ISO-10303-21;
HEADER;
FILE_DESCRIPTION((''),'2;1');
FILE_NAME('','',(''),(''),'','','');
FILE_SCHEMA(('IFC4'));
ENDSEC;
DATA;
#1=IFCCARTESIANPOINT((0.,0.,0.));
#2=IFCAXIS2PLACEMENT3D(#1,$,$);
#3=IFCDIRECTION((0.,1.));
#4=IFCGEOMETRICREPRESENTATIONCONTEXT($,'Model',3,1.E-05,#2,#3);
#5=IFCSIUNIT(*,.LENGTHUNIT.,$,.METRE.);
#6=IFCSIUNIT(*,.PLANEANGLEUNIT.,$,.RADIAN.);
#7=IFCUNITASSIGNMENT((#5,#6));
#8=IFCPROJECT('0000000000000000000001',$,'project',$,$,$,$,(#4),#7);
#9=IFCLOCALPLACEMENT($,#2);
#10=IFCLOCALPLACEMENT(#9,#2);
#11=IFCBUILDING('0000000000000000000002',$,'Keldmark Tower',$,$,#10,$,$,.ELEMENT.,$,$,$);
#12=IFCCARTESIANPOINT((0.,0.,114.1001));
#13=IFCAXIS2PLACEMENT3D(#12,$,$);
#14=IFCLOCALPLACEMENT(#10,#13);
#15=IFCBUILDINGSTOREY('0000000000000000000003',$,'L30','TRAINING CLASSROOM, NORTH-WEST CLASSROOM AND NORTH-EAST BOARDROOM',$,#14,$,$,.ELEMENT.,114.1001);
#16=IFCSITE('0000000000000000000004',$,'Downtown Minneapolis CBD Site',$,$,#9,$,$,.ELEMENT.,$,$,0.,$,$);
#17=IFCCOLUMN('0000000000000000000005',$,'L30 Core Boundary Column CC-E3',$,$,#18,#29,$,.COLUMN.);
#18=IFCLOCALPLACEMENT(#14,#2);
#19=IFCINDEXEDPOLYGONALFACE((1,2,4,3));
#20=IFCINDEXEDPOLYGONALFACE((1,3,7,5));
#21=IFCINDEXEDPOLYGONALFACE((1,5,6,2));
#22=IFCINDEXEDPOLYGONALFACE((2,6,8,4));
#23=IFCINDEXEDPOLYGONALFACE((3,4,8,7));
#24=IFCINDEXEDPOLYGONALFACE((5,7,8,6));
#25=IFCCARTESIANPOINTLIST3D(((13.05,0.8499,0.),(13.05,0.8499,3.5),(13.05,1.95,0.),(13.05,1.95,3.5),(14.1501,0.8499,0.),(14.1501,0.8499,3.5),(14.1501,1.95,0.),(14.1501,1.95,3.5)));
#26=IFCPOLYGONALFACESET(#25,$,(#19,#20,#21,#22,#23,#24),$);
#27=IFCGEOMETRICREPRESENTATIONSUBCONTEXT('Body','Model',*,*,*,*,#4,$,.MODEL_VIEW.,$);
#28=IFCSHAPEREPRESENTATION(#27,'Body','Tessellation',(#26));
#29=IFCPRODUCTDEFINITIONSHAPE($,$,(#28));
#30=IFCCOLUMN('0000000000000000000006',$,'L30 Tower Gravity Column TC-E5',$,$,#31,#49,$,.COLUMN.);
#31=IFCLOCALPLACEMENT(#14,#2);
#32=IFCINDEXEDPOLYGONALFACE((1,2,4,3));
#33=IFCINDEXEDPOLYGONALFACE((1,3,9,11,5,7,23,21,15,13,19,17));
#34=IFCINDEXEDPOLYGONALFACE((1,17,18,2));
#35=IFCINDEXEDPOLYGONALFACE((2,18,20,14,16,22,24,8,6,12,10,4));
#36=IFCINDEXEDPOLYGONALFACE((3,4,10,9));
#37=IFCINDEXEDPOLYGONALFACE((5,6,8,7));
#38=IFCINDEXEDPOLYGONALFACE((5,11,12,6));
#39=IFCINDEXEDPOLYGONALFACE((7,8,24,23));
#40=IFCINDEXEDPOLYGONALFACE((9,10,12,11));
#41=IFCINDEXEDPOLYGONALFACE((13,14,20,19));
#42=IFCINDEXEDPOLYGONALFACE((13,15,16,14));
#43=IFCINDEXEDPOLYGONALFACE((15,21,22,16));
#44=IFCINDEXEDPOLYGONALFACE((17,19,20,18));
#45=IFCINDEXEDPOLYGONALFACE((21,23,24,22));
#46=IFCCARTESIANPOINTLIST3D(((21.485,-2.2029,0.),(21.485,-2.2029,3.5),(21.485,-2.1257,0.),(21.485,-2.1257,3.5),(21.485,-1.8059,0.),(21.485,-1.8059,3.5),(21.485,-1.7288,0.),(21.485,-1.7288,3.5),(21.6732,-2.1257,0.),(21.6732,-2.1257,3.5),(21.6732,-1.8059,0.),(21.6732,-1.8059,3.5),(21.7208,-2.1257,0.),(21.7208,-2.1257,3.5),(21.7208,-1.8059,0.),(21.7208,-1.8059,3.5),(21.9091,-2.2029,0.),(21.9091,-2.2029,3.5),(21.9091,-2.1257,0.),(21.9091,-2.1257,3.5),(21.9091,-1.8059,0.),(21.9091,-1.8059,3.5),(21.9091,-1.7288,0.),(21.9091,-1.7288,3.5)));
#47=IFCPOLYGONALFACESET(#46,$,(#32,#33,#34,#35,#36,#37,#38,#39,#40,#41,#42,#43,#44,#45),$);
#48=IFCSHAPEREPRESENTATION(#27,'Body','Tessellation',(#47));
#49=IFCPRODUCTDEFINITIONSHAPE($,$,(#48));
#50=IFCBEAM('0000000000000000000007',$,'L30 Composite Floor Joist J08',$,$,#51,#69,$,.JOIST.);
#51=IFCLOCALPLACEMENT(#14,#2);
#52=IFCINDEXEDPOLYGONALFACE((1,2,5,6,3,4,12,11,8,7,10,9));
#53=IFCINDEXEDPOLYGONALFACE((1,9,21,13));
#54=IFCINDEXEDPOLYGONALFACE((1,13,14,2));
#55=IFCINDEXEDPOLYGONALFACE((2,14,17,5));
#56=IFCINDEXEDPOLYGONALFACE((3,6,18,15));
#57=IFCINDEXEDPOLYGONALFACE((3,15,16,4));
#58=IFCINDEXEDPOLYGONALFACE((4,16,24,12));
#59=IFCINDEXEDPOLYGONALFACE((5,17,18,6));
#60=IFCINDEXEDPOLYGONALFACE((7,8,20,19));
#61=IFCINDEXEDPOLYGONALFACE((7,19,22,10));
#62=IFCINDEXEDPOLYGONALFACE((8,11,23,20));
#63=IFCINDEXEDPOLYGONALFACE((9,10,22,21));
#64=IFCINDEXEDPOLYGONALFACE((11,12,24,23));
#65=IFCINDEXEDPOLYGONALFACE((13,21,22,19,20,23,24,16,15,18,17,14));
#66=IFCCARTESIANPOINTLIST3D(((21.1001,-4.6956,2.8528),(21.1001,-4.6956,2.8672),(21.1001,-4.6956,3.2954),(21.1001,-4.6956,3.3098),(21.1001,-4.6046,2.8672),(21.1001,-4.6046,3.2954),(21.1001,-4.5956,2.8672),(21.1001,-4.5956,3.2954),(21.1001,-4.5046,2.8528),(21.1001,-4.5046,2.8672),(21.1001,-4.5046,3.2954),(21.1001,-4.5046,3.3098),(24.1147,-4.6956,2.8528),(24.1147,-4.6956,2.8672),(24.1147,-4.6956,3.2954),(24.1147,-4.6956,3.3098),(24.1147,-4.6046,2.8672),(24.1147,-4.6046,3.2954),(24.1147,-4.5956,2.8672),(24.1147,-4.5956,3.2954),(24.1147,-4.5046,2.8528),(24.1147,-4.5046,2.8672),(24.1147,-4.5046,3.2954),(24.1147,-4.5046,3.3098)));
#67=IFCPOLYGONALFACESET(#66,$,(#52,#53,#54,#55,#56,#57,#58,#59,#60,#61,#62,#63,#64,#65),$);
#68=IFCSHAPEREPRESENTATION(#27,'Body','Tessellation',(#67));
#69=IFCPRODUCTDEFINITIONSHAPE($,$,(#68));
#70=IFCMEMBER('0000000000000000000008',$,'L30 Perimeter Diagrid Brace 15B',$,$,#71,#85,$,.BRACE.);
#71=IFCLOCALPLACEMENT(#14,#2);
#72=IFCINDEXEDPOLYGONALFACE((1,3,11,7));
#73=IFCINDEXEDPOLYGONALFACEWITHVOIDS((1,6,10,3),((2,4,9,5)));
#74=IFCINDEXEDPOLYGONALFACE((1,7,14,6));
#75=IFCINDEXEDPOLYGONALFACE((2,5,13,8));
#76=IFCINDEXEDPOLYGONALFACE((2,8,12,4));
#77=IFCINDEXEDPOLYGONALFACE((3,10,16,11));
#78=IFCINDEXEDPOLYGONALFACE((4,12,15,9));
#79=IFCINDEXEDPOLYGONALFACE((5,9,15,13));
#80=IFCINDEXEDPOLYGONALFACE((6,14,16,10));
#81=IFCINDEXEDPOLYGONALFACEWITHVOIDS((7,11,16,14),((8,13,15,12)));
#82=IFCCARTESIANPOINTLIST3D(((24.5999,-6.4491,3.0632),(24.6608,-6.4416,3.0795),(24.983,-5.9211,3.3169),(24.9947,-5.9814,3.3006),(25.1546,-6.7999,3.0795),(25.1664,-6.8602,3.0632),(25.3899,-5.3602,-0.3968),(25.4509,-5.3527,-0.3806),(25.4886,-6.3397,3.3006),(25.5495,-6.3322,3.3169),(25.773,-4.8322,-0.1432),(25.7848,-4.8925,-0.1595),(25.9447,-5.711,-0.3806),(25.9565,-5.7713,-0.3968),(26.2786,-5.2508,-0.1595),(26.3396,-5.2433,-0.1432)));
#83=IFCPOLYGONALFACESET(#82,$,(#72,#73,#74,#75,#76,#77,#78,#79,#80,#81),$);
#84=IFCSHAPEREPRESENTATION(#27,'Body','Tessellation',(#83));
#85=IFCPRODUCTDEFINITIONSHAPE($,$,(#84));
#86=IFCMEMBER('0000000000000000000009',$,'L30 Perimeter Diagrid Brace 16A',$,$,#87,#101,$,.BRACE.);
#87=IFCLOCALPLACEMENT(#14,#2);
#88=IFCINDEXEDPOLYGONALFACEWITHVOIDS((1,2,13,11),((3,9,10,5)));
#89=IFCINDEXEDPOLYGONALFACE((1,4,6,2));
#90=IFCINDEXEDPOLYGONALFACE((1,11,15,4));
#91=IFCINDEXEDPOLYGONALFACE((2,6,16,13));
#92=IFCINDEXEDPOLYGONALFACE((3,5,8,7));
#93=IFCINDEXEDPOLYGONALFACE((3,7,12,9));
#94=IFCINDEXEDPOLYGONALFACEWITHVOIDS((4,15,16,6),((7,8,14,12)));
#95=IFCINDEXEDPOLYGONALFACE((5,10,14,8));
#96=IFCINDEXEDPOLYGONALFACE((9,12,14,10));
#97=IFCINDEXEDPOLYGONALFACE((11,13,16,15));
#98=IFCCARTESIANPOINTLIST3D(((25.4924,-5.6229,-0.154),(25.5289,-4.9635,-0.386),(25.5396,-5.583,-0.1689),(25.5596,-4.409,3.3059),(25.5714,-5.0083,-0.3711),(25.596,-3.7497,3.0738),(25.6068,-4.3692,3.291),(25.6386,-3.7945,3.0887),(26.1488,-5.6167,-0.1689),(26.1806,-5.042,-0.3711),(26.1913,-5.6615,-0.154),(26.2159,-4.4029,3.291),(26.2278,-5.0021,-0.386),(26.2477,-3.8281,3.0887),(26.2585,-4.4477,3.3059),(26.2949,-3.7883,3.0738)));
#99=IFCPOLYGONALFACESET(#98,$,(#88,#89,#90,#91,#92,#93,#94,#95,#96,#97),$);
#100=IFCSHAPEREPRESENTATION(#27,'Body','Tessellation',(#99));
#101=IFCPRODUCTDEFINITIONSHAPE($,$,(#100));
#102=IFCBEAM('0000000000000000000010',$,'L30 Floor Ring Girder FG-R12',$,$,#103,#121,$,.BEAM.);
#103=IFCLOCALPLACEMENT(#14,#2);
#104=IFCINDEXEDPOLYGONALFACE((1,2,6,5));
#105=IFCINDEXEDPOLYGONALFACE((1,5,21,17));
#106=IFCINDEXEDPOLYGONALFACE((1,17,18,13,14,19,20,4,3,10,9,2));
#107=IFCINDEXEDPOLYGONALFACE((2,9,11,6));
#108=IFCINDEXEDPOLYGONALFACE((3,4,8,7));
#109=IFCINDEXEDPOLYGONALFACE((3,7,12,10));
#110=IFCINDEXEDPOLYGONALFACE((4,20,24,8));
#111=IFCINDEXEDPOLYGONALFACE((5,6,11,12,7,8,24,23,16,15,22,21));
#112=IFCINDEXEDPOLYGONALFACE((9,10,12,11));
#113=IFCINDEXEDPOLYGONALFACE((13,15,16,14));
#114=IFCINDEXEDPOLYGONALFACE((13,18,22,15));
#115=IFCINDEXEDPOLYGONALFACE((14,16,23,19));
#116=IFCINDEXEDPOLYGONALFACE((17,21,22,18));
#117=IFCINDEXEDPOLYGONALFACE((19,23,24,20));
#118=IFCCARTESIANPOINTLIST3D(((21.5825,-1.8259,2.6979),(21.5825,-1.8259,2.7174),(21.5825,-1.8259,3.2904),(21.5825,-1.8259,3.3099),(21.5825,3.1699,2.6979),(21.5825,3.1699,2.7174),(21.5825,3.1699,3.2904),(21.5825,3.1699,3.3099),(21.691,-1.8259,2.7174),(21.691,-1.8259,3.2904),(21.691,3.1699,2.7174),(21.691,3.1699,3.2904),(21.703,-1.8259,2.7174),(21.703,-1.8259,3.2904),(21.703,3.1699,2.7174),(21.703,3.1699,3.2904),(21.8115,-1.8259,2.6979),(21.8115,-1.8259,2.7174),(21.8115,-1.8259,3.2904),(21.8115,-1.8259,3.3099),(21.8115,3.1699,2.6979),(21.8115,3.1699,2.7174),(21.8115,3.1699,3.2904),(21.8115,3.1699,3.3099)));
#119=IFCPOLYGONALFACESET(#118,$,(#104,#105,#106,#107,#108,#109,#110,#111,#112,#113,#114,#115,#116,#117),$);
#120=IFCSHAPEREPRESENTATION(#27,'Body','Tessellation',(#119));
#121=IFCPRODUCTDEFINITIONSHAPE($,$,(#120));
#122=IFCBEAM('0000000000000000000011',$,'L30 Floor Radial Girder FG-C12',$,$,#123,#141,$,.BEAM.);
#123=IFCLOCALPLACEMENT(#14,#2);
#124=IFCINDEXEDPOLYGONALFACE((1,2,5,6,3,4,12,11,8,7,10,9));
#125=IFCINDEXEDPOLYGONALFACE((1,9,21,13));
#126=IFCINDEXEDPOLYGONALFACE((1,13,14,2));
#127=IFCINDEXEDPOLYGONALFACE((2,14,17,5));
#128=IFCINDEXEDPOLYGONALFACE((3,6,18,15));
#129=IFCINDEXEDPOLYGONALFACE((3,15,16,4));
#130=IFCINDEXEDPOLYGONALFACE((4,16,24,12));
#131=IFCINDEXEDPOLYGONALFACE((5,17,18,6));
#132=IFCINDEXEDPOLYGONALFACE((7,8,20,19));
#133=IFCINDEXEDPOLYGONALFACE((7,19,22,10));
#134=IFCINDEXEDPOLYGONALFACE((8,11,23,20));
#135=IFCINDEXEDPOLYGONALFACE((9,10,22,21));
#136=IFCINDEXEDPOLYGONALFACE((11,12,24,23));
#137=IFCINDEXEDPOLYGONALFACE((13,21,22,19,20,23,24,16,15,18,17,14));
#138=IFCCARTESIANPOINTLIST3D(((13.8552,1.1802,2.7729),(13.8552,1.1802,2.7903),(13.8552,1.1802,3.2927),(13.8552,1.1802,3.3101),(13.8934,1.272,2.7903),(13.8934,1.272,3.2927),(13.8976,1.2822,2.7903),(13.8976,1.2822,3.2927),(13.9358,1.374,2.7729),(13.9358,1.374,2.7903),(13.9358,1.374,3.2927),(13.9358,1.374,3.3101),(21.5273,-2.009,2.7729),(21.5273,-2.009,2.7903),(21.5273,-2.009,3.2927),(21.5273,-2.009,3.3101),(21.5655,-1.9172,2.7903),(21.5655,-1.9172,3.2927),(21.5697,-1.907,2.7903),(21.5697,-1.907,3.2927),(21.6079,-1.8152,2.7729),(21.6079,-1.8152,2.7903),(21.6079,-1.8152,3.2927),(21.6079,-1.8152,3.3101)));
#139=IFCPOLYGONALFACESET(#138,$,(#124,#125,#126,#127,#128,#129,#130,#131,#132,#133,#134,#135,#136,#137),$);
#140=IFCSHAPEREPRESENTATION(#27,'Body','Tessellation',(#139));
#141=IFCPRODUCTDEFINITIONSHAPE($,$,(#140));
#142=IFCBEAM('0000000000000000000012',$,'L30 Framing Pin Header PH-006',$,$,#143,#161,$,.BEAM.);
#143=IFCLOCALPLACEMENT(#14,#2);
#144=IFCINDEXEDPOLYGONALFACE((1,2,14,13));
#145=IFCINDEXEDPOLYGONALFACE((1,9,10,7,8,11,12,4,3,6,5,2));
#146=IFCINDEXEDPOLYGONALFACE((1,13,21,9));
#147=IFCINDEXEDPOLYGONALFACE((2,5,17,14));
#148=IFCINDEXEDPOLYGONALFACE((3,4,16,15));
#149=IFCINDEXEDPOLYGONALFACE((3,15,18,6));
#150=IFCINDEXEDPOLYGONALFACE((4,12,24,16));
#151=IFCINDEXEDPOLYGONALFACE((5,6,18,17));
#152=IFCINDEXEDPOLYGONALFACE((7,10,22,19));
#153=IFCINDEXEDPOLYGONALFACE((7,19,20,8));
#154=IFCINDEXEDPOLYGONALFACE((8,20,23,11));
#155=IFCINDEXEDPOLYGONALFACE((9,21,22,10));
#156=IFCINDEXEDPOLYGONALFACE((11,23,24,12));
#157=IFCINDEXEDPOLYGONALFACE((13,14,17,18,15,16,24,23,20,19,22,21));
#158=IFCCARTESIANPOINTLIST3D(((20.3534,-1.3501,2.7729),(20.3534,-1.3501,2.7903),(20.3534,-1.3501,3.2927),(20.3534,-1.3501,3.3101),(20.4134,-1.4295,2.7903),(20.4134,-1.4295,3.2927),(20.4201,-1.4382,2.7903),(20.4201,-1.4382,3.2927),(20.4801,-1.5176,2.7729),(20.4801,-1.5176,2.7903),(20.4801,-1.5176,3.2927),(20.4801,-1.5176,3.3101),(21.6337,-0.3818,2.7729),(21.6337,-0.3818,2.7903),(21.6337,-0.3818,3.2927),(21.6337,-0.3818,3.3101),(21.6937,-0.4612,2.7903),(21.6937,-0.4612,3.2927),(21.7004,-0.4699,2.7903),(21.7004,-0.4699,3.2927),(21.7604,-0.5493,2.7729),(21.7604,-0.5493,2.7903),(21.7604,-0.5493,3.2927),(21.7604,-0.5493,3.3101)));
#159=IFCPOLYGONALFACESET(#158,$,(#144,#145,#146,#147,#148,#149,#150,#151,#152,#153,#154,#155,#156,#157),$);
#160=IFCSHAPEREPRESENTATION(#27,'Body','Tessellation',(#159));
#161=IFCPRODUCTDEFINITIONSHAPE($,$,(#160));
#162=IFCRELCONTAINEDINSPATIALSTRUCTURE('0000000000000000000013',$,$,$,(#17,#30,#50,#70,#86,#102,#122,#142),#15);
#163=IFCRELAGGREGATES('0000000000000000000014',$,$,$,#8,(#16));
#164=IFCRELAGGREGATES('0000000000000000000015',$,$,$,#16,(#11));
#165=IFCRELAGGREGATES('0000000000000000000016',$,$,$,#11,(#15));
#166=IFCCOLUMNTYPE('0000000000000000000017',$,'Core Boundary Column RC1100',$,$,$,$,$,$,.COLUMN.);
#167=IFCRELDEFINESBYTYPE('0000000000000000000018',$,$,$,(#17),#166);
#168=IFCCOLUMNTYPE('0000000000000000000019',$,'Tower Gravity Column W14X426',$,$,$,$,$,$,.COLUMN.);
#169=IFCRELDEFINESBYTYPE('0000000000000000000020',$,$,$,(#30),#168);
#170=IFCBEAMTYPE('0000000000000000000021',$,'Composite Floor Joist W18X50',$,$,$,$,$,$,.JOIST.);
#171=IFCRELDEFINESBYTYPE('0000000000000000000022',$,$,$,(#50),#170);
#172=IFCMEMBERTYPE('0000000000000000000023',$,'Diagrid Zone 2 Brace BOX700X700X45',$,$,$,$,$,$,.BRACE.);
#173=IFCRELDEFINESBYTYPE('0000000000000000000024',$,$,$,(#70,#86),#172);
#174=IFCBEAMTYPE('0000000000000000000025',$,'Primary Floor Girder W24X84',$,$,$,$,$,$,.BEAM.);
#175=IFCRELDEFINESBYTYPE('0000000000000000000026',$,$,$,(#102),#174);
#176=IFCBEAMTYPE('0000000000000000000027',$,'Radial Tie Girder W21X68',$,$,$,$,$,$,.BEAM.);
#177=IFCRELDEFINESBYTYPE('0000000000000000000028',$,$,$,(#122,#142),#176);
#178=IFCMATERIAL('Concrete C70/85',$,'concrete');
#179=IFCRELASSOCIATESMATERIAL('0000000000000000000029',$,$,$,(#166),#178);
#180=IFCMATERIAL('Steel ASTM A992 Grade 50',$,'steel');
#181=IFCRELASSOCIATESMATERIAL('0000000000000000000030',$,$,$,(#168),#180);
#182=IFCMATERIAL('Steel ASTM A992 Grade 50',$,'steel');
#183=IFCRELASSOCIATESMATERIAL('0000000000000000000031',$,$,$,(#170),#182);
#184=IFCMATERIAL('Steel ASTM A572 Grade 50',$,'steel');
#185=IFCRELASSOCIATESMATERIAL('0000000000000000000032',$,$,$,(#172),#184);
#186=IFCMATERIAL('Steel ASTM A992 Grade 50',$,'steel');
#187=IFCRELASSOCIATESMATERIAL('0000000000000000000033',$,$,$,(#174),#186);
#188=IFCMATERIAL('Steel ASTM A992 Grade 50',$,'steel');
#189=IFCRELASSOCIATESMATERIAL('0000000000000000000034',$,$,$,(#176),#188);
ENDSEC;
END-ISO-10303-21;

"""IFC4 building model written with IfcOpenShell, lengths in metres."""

from ifc_helpers import new_model, si_unit, direction, frame, origin, origin_2d, place, context, subcontext, project, spatial, rectangle, hollow_rectangle, i_section, extrude, material, material_profile, profile_set, type_object, element, save


model = new_model("IFC4")

# Units and contexts
model_context = context("Model", 3, precision=1e-05, world=origin(), true_north=direction((0.0, 1.0)))
body_context = subcontext(model_context, "Body", "Model", "MODEL_VIEW")
ifc_project = project(units=[si_unit("LENGTHUNIT", "METRE"), si_unit("PLANEANGLEUNIT", "RADIAN")], contexts=[model_context])

# Site, building, storey
site_placement = place(None, origin())
site = spatial("IfcSite", under=ifc_project, at=site_placement, Name="Downtown Minneapolis CBD Site", CompositionType="ELEMENT", RefElevation=0.0)
building_placement = place(site_placement, origin())
building = spatial("IfcBuilding", under=site, at=building_placement, Name="Keldmark Tower", CompositionType="ELEMENT")
storey_placement = place(building_placement, frame((0.0, 0.0, 114.1001)))
storey = spatial("IfcBuildingStorey", under=building, at=storey_placement, Name="L30", Description="TRAINING CLASSROOM, NORTH-WEST CLASSROOM AND NORTH-EAST BOARDROOM", CompositionType="ELEMENT", Elevation=114.1001)

# Columns
ifc_material_1 = material(Name="Concrete C70/85", Category="concrete")
ifc_material_profile_1 = material_profile(ifc_material_1, rectangle(XDim=1.1001, YDim=1.1001, at=origin_2d()), Name="RC1100X1100")
ifc_profile_set_1 = profile_set([ifc_material_profile_1], Name="Concrete C70/85")
column_type_1 = type_object("IfcColumnType", Name="Core Boundary Column RC1100", PredefinedType="COLUMN", material=ifc_profile_set_1)
column_1_placement = place(storey_placement, frame((13.6001, 1.3999, 0.0), z_axis=(0.0, 0.0, 1.0), x_axis=(1.0, 0.0, 0.0)))
element("IfcColumn", 1, at=column_1_placement, inside=storey, type_object=column_type_1, Name="L30 Core Boundary Column CC-E3", PredefinedType="COLUMN", context=body_context, shape_type="SweptSolid", body=[
    extrude(rectangle(XDim=1.1001, YDim=1.1001, at=origin_2d()), origin(), (0.0, 0.0, 1.0), 3.5),
])
ifc_material_2 = material(Name="Steel ASTM A992 Grade 50", Category="steel")
ifc_material_profile_2 = material_profile(ifc_material_2, i_section(OverallWidth=0.4241, OverallDepth=0.4741, WebThickness=0.0476, FlangeThickness=0.0771, at=origin_2d()), Name="W14X426")
ifc_profile_set_2 = profile_set([ifc_material_profile_2], Name="Steel ASTM A992 Grade 50")
column_type_2 = type_object("IfcColumnType", Name="Tower Gravity Column W14X426", PredefinedType="COLUMN", material=ifc_profile_set_2)
column_2_placement = place(storey_placement, frame((21.697, -1.9658, 0.0), z_axis=(0.0, 0.0, 1.0), x_axis=(1.0, 0.0, 0.0)))
element("IfcColumn", 2, at=column_2_placement, inside=storey, type_object=column_type_2, Name="L30 Tower Gravity Column TC-E5", PredefinedType="COLUMN", context=body_context, shape_type="SweptSolid", body=[
    extrude(i_section(OverallWidth=0.4241, OverallDepth=0.4741, WebThickness=0.0476, FlangeThickness=0.0771, at=origin_2d()), origin(), (0.0, 0.0, 1.0), 3.5),
])

# Beam
ifc_material_3 = material(Name="Steel ASTM A992 Grade 50", Category="steel")
ifc_material_profile_3 = material_profile(ifc_material_3, i_section(OverallWidth=0.1909, OverallDepth=0.457, WebThickness=0.009, FlangeThickness=0.0144, at=origin_2d()), Name="W18X50")
ifc_profile_set_3 = profile_set([ifc_material_profile_3], Name="Steel ASTM A992 Grade 50")
beam_type_1 = type_object("IfcBeamType", Name="Composite Floor Joist W18X50", PredefinedType="JOIST", material=ifc_profile_set_3)
beam_1_placement = place(storey_placement, frame((21.1001, -4.6001, 3.0813), z_axis=(1.0, 0.0, 0.0), x_axis=(0.0, 1.0, 0.0)))
element("IfcBeam", 3, at=beam_1_placement, inside=storey, type_object=beam_type_1, Name="L30 Composite Floor Joist J08", PredefinedType="JOIST", context=body_context, shape_type="SweptSolid", body=[
    extrude(i_section(OverallWidth=0.1909, OverallDepth=0.457, WebThickness=0.009, FlangeThickness=0.0144, at=origin_2d()), origin(), (0.0, 0.0, 1.0), 3.0146),
])

# Members
ifc_material_4 = material(Name="Steel ASTM A572 Grade 50", Category="steel")
ifc_material_profile_4 = material_profile(ifc_material_4, hollow_rectangle(XDim=0.7, YDim=0.7, WallThickness=0.0449, at=origin_2d()), Name="BOX700X700X45")
ifc_profile_set_4 = profile_set([ifc_material_profile_4], Name="Steel ASTM A572 Grade 50")
member_type = type_object("IfcMemberType", Name="Diagrid Zone 2 Brace BOX700X700X45", PredefinedType="BRACE", material=ifc_profile_set_4)
member_1_placement = place(storey_placement, frame((25.8647, -5.3018, -0.27), z_axis=(-0.212817, -0.293314, 0.932028), x_axis=(0.809395, -0.587265, 0.0)))
element("IfcMember", 4, at=member_1_placement, inside=storey, type_object=member_type, Name="L30 Perimeter Diagrid Brace 15B", PredefinedType="BRACE", context=body_context, shape_type="SweptSolid", body=[
    extrude(hollow_rectangle(XDim=0.7, YDim=0.7, WallThickness=0.0449, at=origin_2d()), origin(), (0.0, 0.0, 1.0), 3.7124),
])
member_2_placement = place(storey_placement, frame((25.8601, -5.3125, -0.27), z_axis=(0.018307, 0.330995, 0.943455), x_axis=(-0.998474, 0.055225, 0.0)))
element("IfcMember", 5, at=member_2_placement, inside=storey, type_object=member_type, Name="L30 Perimeter Diagrid Brace 16A", PredefinedType="BRACE", context=body_context, shape_type="SweptSolid", body=[
    extrude(hollow_rectangle(XDim=0.7, YDim=0.7, WallThickness=0.0449, at=origin_2d()), origin(), (0.0, 0.0, 1.0), 3.6672),
])

# Beams
ifc_material_5 = material(Name="Steel ASTM A992 Grade 50", Category="steel")
ifc_material_profile_5 = material_profile(ifc_material_5, i_section(OverallWidth=0.229, OverallDepth=0.6121, WebThickness=0.012, FlangeThickness=0.0195, at=origin_2d()), Name="W24X84")
ifc_profile_set_5 = profile_set([ifc_material_profile_5], Name="Steel ASTM A992 Grade 50")
beam_type_2 = type_object("IfcBeamType", Name="Primary Floor Girder W24X84", PredefinedType="BEAM", material=ifc_profile_set_5)
beam_2_placement = place(storey_placement, frame((21.697, -1.8259, 3.0039), z_axis=(0.0, 1.0, 0.0), x_axis=(-1.0, 0.0, 0.0)))
element("IfcBeam", 6, at=beam_2_placement, inside=storey, type_object=beam_type_2, Name="L30 Floor Ring Girder FG-R12", PredefinedType="BEAM", context=body_context, shape_type="SweptSolid", body=[
    extrude(i_section(OverallWidth=0.229, OverallDepth=0.6121, WebThickness=0.012, FlangeThickness=0.0195, at=origin_2d()), origin(), (0.0, 0.0, 1.0), 4.9958),
])
ifc_material_6 = material(Name="Steel ASTM A992 Grade 50", Category="steel")
ifc_material_profile_6 = material_profile(ifc_material_6, i_section(OverallWidth=0.21, OverallDepth=0.5371, WebThickness=0.011, FlangeThickness=0.0173, at=origin_2d()), Name="W21X68")
ifc_profile_set_6 = profile_set([ifc_material_profile_6], Name="Steel ASTM A992 Grade 50")
beam_type_3 = type_object("IfcBeamType", Name="Radial Tie Girder W21X68", PredefinedType="BEAM", material=ifc_profile_set_6)
beam_3_placement = place(storey_placement, frame((21.5676, -1.9121, 3.0415), z_axis=(-0.923397, 0.383845, 0.0), x_axis=(-0.383845, -0.923397, 0.0)))
element("IfcBeam", 7, at=beam_3_placement, inside=storey, type_object=beam_type_3, Name="L30 Floor Radial Girder FG-C12", PredefinedType="BEAM", context=body_context, shape_type="SweptSolid", body=[
    extrude(i_section(OverallWidth=0.21, OverallDepth=0.5371, WebThickness=0.011, FlangeThickness=0.0173, at=origin_2d()), origin(), (0.0, 0.0, 1.0), 8.3086),
])
beam_4_placement = place(storey_placement, frame((20.4167, -1.4338, 3.0415), z_axis=(0.797584, 0.603207, 0.0), x_axis=(-0.603207, 0.797584, 0.0)))
element("IfcBeam", 8, at=beam_4_placement, inside=storey, type_object=beam_type_3, Name="L30 Framing Pin Header PH-006", PredefinedType="BEAM", context=body_context, shape_type="SweptSolid", body=[
    extrude(i_section(OverallWidth=0.21, OverallDepth=0.5371, WebThickness=0.011, FlangeThickness=0.0173, at=origin_2d()), origin(), (0.0, 0.0, 1.0), 1.6052),
])

save(model, "model.ifc")
